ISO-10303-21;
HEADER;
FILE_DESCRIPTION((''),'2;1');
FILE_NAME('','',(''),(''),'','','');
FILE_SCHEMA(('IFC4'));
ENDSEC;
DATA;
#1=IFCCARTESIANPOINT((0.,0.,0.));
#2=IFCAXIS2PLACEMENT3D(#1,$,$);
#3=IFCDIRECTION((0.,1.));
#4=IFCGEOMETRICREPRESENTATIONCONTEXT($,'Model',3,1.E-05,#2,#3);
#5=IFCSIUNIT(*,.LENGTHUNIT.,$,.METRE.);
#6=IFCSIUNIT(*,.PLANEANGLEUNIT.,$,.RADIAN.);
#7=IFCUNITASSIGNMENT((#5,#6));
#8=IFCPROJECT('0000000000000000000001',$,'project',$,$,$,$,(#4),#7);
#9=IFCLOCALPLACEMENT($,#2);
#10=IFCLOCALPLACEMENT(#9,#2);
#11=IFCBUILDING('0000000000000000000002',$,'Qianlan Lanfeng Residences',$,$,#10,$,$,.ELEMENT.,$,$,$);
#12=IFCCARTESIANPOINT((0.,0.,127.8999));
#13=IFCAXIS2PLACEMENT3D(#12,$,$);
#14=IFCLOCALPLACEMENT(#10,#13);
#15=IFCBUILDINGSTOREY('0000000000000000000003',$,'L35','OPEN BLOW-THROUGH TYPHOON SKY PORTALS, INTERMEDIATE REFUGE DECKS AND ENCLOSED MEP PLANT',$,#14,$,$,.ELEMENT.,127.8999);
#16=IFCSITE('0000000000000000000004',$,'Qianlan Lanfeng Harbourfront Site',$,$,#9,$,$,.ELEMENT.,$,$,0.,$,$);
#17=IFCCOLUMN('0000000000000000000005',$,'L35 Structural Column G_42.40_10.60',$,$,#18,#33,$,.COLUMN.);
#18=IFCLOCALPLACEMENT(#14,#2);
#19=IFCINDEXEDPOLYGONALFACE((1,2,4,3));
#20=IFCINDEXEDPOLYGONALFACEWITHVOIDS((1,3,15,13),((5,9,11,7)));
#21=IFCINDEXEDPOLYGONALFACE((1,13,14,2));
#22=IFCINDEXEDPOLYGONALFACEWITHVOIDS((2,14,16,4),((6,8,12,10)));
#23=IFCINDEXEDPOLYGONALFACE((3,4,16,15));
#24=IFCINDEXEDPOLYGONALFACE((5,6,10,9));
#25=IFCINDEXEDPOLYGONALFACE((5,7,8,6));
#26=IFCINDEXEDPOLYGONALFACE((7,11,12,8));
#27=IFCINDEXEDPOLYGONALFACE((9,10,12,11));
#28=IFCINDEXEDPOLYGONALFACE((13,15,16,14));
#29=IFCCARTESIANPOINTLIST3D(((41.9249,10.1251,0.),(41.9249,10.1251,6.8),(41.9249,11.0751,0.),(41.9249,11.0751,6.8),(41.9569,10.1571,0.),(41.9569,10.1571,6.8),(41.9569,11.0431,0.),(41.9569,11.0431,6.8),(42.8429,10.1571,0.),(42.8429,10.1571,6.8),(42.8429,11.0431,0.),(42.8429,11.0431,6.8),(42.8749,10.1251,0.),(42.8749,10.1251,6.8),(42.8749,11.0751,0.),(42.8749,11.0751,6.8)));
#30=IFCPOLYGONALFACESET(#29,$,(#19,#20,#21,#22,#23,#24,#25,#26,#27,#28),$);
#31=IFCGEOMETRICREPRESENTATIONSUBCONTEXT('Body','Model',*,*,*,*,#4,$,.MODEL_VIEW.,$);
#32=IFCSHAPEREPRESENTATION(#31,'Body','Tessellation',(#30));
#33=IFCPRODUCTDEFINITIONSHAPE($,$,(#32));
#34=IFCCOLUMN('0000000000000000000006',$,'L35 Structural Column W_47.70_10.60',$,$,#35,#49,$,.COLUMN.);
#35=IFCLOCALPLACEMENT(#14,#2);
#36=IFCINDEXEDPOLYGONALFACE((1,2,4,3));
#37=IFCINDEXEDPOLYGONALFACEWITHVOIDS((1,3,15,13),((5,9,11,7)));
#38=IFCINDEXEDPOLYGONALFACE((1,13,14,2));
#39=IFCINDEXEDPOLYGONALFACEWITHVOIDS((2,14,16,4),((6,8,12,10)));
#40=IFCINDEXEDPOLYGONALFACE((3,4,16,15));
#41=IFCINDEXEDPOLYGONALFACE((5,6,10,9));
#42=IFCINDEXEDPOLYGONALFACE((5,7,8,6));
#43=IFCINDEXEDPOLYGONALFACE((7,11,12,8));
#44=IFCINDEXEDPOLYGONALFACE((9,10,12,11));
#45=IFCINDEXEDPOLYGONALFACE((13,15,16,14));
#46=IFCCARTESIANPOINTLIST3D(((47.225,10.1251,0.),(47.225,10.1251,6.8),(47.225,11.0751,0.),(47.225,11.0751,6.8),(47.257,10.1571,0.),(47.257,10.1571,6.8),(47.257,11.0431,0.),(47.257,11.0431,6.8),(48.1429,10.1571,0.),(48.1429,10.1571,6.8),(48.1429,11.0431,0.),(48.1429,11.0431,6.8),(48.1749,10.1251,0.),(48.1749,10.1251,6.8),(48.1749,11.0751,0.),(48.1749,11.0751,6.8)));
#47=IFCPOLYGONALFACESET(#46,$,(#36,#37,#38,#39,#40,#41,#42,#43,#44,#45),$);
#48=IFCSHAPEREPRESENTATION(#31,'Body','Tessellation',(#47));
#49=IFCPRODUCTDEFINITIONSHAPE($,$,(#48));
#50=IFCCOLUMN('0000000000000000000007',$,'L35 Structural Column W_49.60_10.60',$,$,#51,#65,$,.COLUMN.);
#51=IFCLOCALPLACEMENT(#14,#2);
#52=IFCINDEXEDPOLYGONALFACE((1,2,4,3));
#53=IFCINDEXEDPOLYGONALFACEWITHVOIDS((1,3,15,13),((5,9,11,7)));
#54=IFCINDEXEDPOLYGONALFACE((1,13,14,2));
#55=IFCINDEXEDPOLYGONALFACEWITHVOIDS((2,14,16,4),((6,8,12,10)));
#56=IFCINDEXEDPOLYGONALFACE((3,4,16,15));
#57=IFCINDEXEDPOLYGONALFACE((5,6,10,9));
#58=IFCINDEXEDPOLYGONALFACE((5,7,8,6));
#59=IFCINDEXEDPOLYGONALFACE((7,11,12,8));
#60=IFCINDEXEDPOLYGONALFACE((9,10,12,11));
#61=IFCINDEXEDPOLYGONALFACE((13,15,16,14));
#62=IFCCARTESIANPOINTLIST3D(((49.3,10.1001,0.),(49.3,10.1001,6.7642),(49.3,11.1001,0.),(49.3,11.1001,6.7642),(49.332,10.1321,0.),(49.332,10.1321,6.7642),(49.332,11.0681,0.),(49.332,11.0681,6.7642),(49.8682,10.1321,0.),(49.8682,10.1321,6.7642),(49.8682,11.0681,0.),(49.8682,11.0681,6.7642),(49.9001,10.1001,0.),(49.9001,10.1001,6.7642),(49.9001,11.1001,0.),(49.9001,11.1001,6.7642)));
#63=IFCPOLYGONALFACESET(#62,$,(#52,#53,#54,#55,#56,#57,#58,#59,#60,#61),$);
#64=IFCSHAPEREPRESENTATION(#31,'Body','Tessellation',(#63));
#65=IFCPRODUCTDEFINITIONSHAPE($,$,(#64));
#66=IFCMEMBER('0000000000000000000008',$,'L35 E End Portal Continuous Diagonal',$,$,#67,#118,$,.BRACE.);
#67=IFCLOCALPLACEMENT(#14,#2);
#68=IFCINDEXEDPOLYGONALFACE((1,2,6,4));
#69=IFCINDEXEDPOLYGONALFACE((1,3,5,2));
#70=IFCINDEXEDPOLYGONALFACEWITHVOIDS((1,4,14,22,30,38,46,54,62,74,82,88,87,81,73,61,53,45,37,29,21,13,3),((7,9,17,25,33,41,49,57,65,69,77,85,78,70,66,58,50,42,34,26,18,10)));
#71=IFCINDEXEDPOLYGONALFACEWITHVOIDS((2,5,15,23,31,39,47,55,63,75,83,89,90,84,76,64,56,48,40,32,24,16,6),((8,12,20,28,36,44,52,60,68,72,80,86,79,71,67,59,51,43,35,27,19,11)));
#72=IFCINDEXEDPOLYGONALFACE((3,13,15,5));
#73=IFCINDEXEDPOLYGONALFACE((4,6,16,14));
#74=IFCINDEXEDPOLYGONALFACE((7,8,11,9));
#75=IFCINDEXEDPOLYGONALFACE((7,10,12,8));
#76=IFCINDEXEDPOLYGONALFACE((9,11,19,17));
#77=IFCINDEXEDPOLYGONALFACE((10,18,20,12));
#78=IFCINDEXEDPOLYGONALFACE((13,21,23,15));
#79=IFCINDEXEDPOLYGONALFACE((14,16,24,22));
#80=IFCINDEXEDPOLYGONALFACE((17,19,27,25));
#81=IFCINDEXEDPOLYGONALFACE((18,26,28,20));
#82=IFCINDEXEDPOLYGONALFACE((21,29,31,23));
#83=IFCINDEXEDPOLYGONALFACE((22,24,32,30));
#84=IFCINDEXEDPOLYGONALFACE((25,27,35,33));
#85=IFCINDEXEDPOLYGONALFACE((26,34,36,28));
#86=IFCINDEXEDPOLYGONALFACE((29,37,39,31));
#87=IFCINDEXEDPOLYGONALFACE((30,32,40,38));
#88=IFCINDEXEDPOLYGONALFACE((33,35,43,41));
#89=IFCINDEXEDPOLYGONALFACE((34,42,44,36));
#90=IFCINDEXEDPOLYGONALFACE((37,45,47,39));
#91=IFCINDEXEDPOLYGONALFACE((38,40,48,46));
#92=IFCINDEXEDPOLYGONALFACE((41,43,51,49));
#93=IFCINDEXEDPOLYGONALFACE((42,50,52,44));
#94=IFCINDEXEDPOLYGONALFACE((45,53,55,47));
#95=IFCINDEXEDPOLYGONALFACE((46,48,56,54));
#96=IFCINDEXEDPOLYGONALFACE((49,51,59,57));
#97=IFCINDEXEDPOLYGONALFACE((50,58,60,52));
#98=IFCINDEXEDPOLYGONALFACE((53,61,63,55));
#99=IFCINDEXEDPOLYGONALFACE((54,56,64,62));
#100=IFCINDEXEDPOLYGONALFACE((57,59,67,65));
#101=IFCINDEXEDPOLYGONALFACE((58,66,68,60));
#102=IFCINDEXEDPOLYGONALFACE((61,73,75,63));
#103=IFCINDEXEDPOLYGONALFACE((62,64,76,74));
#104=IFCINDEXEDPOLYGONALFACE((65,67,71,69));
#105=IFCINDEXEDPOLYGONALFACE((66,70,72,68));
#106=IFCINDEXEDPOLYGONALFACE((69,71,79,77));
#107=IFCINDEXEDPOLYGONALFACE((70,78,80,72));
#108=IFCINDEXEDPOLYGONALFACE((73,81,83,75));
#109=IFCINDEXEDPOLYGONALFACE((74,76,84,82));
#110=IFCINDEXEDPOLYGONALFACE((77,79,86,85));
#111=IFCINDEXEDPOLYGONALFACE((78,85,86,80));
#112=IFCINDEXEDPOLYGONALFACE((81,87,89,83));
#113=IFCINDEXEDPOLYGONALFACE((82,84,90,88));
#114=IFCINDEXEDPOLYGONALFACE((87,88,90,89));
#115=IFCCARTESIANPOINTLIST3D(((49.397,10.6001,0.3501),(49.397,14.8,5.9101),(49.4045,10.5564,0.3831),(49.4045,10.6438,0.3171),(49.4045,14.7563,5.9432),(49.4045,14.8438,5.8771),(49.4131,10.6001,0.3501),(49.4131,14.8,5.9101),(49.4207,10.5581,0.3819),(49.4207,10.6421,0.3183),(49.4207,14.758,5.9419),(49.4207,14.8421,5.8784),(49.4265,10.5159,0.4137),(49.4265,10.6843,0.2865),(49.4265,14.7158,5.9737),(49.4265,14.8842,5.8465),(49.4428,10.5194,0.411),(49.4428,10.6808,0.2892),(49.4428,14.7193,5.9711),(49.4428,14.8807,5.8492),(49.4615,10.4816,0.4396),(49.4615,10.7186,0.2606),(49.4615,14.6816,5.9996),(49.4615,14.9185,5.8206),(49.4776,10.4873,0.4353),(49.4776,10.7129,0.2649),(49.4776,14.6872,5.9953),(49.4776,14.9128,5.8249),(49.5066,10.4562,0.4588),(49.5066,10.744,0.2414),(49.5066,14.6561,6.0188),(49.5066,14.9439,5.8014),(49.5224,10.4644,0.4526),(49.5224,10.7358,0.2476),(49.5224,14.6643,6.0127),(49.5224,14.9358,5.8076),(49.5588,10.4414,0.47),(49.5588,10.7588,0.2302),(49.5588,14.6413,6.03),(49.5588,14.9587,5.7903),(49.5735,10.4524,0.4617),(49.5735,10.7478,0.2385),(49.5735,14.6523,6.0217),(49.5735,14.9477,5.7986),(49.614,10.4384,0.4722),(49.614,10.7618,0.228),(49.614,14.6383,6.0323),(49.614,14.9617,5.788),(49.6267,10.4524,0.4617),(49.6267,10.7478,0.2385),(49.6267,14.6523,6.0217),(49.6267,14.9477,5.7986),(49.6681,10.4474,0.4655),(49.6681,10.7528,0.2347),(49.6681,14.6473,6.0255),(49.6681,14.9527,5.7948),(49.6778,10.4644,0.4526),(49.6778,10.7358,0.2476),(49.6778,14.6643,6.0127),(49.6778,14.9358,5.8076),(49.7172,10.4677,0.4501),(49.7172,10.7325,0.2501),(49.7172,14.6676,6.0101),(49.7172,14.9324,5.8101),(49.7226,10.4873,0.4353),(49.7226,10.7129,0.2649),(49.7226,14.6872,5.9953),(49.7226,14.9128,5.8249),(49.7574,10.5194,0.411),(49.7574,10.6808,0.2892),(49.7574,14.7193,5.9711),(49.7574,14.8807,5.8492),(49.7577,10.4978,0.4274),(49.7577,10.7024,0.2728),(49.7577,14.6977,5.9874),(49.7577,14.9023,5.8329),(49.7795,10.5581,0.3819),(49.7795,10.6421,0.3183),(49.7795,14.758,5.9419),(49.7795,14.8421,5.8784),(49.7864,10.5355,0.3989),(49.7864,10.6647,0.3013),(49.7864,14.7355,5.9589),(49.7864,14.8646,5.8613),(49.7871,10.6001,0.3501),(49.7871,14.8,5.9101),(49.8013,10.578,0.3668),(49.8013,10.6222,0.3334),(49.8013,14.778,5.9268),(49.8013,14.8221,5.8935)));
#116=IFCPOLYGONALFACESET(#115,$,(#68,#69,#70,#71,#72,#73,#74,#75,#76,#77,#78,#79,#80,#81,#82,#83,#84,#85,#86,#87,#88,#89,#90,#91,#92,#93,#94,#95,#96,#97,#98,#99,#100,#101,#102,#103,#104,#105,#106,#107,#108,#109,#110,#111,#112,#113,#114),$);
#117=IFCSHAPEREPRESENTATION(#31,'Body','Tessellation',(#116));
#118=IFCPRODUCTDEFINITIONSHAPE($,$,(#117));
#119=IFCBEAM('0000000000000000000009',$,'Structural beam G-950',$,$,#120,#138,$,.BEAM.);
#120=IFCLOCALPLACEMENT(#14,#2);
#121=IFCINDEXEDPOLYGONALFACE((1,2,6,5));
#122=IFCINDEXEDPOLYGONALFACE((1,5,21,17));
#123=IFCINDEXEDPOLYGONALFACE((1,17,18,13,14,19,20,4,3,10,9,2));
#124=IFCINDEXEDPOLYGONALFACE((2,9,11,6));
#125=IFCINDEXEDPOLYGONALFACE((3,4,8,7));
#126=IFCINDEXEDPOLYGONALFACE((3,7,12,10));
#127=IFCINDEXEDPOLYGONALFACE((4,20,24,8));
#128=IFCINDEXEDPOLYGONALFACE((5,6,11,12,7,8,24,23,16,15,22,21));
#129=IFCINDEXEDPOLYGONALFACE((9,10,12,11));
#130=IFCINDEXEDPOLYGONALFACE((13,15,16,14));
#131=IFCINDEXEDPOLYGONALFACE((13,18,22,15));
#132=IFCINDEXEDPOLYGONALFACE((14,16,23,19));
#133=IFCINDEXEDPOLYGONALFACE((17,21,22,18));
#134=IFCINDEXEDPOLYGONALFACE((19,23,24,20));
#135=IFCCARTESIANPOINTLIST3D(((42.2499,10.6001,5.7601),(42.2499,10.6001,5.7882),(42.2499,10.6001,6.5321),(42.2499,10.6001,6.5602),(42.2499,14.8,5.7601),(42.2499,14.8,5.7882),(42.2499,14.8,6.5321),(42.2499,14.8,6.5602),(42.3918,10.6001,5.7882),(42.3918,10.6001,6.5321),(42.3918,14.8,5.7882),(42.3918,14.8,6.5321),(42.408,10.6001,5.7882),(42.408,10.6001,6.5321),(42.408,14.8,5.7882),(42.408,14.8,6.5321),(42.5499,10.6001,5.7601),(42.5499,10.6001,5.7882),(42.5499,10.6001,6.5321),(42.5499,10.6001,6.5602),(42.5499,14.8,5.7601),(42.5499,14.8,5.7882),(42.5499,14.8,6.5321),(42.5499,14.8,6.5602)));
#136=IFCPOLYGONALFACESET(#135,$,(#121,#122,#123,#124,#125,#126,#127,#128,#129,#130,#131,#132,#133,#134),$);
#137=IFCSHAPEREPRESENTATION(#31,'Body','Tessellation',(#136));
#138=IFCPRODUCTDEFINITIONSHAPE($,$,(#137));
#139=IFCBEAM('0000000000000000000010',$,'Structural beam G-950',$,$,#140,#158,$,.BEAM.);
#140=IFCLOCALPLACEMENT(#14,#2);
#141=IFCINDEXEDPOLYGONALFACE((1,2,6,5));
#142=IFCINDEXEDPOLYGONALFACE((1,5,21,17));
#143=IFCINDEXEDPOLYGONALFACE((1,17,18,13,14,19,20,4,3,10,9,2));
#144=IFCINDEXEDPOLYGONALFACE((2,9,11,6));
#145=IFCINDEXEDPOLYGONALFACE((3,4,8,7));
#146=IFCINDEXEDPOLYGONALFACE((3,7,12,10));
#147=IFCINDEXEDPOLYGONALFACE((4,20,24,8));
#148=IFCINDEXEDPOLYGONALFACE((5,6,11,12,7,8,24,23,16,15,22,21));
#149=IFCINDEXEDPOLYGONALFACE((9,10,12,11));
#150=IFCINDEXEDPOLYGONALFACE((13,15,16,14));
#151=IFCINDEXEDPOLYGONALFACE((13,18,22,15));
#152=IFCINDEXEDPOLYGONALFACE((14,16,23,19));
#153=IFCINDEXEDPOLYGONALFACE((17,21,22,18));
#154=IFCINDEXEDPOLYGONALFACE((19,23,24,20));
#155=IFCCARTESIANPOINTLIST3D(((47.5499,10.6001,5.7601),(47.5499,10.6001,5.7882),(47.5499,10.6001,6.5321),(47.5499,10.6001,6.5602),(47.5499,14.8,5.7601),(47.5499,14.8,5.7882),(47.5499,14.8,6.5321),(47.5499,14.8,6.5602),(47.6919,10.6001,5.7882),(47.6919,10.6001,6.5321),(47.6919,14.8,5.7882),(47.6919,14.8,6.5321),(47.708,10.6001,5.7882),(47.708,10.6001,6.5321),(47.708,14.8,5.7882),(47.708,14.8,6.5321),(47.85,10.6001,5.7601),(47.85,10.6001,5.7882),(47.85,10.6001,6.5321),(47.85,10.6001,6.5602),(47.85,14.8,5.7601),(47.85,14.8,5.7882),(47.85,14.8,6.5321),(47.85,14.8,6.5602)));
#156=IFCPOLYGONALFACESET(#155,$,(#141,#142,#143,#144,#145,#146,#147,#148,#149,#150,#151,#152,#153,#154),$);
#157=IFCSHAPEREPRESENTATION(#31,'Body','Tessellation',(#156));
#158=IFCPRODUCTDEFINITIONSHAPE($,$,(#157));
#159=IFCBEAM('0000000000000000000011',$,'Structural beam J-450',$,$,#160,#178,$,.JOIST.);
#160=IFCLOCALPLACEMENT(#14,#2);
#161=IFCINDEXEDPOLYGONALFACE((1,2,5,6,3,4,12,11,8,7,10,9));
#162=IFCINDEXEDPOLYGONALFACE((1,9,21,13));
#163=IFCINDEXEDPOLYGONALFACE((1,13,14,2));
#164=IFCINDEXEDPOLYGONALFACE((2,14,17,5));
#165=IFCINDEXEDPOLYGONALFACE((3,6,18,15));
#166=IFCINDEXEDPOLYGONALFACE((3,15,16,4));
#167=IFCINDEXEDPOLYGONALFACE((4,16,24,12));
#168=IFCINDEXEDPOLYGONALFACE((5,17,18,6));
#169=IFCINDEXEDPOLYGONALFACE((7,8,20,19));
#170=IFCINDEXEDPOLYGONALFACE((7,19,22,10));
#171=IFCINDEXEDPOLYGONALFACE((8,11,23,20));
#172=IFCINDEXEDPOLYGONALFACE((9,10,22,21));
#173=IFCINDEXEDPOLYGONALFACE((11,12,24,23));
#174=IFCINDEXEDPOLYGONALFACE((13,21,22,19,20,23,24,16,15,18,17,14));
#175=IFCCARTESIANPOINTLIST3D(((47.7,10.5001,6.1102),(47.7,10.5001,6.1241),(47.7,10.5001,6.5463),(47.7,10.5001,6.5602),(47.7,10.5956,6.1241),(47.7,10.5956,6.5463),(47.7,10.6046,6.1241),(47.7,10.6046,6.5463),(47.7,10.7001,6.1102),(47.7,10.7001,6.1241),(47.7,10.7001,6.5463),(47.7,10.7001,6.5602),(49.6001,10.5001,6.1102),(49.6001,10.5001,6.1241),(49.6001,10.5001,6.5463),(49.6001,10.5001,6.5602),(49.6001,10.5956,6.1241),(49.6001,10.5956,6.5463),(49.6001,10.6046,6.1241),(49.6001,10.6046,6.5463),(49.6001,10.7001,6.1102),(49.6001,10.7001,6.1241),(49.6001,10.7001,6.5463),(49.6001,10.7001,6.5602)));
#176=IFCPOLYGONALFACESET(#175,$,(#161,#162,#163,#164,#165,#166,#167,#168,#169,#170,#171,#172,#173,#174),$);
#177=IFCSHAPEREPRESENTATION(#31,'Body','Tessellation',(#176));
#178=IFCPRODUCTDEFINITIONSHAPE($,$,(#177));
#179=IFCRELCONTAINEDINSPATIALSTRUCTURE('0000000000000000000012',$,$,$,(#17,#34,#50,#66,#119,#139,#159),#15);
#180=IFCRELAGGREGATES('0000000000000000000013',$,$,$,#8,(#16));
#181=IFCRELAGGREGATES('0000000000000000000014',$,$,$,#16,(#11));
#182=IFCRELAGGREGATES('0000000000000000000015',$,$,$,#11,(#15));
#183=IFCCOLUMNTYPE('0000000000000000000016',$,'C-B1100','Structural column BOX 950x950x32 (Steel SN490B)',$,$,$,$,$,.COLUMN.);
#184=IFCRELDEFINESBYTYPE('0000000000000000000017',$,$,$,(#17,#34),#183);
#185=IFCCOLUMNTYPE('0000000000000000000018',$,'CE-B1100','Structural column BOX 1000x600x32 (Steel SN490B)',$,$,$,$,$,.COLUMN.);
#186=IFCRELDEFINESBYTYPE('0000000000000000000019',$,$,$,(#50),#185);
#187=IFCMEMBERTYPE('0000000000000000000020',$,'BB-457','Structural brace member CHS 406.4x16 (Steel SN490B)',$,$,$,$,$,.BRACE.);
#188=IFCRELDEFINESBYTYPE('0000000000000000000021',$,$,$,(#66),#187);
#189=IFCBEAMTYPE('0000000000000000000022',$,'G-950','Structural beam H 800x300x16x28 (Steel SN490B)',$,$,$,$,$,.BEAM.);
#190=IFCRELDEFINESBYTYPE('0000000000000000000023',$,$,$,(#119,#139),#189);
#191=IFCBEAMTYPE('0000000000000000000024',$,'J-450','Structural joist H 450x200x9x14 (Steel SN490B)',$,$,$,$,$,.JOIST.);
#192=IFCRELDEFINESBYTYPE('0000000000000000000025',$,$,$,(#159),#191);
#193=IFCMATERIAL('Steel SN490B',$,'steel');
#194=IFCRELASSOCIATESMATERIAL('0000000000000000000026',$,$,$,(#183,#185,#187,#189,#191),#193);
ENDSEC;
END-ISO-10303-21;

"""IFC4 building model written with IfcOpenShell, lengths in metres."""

from ifc_helpers import new_model, si_unit, direction, frame, origin, origin_2d, place, context, subcontext, project, spatial, hollow_rectangle, hollow_circle, i_section, extrude, material, material_profile, profile_set, type_object, element, save


model = new_model("IFC4")

# Units and contexts
model_context = context("Model", 3, precision=1e-05, world=origin(), true_north=direction((0.0, 1.0)))
body_context = subcontext(model_context, "Body", "Model", "MODEL_VIEW")
ifc_project = project(units=[si_unit("LENGTHUNIT", "METRE"), si_unit("PLANEANGLEUNIT", "RADIAN")], contexts=[model_context])

# Site, building, storey
site_placement = place(None, origin())
site = spatial("IfcSite", under=ifc_project, at=site_placement, Name="Qianlan Lanfeng Harbourfront Site", CompositionType="ELEMENT", RefElevation=0.0)
building_placement = place(site_placement, origin())
building = spatial("IfcBuilding", under=site, at=building_placement, Name="Qianlan Lanfeng Residences", CompositionType="ELEMENT")
storey_placement = place(building_placement, frame((0.0, 0.0, 127.8999)))
storey = spatial("IfcBuildingStorey", under=building, at=storey_placement, Name="L35", Description="OPEN BLOW-THROUGH TYPHOON SKY PORTALS, INTERMEDIATE REFUGE DECKS AND ENCLOSED MEP PLANT", CompositionType="ELEMENT", Elevation=127.8999)

# Columns
ifc_material_1 = material(Name="Steel SN490B", Category="steel")
ifc_material_profile_1 = material_profile(ifc_material_1, hollow_rectangle(XDim=0.95, YDim=0.95, WallThickness=0.032, at=origin_2d()), Name="BOX 950x950x32")
ifc_profile_set_1 = profile_set([ifc_material_profile_1], Name="Steel SN490B")
column_type_1 = type_object("IfcColumnType", Name="C-B1100", Description="Structural column BOX 950x950x32 (Steel SN490B)", PredefinedType="COLUMN", material=ifc_profile_set_1)
for number, where, z_axis, x_axis, name in (
    (1, (42.3999, 10.6001, 0.0), (0.0, 0.0, 1.0), (1.0, 0.0, 0.0), "L35 Structural Column G_42.40_10.60"),
    (2, (47.7, 10.6001, 0.0), (0.0, 0.0, 1.0), (1.0, 0.0, 0.0), "L35 Structural Column W_47.70_10.60"),
):
    element("IfcColumn", number, at=place(storey_placement, frame(where, z_axis=z_axis, x_axis=x_axis)), inside=storey, type_object=column_type_1, Name=name, PredefinedType="COLUMN", context=body_context, shape_type="SweptSolid", body=[
        extrude(hollow_rectangle(XDim=0.95, YDim=0.95, WallThickness=0.032, at=origin_2d()), origin(), (0.0, 0.0, 1.0), 6.8),
    ])
ifc_material_profile_2 = material_profile(ifc_material_1, hollow_rectangle(XDim=0.6001, YDim=1.0, WallThickness=0.032, at=origin_2d()), Name="BOX 1000x600x32")
ifc_profile_set_2 = profile_set([ifc_material_profile_2], Name="Steel SN490B")
column_type_2 = type_object("IfcColumnType", Name="CE-B1100", Description="Structural column BOX 1000x600x32 (Steel SN490B)", PredefinedType="COLUMN", material=ifc_profile_set_2)
column_placement = place(storey_placement, frame((49.6001, 10.6001, 0.0), z_axis=(0.0, 0.0, 1.0), x_axis=(1.0, 0.0, 0.0)))
element("IfcColumn", 3, at=column_placement, inside=storey, type_object=column_type_2, Name="L35 Structural Column W_49.60_10.60", PredefinedType="COLUMN", context=body_context, shape_type="SweptSolid", body=[
    extrude(hollow_rectangle(XDim=0.6001, YDim=1.0, WallThickness=0.032, at=origin_2d()), origin(), (0.0, 0.0, 1.0), 6.7642),
])

# Member
ifc_material_profile_3 = material_profile(ifc_material_1, hollow_circle(Radius=0.2031, WallThickness=0.0161, at=origin_2d()), Name="CHS 406.4x16")
ifc_profile_set_3 = profile_set([ifc_material_profile_3], Name="Steel SN490B")
member_type_1 = type_object("IfcMemberType", Name="BB-457", Description="Structural brace member CHS 406.4x16 (Steel SN490B)", PredefinedType="BRACE", material=ifc_profile_set_3)
member_1_placement = place(storey_placement, frame((49.6001, 10.6001, 0.3501), z_axis=(0.0, 0.602743, 0.797935), x_axis=(-1.0, 0.0, 0.0)))
element("IfcMember", 4, at=member_1_placement, inside=storey, type_object=member_type_1, Name="L35 E End Portal Continuous Diagonal", PredefinedType="BRACE", context=body_context, shape_type="SweptSolid", body=[
    extrude(hollow_circle(Radius=0.2031, WallThickness=0.0161, at=origin_2d()), origin(), (0.0, 0.0, 1.0), 6.968),
])

# Beams
ifc_material_profile_4 = material_profile(ifc_material_1, i_section(OverallWidth=0.3, OverallDepth=0.8, WebThickness=0.0161, FlangeThickness=0.0281, at=origin_2d()), Name="H 800x300x16x28")
ifc_profile_set_4 = profile_set([ifc_material_profile_4], Name="Steel SN490B")
beam_type_1 = type_object("IfcBeamType", Name="G-950", Description="Structural beam H 800x300x16x28 (Steel SN490B)", PredefinedType="BEAM", material=ifc_profile_set_4)
for number, where, z_axis, x_axis, name in (
    (5, (42.3999, 10.6001, 6.1602), (0.0, 1.0, 0.0), (-1.0, 0.0, 0.0), "Structural beam G-950"),
    (6, (47.7, 10.6001, 6.1602), (0.0, 1.0, 0.0), (-1.0, 0.0, 0.0), "Structural beam G-950"),
):
    element("IfcBeam", number, at=place(storey_placement, frame(where, z_axis=z_axis, x_axis=x_axis)), inside=storey, type_object=beam_type_1, Name=name, PredefinedType="BEAM", context=body_context, shape_type="SweptSolid", body=[
        extrude(i_section(OverallWidth=0.3, OverallDepth=0.8, WebThickness=0.0161, FlangeThickness=0.0281, at=origin_2d()), origin(), (0.0, 0.0, 1.0), 4.2),
    ])
ifc_material_profile_5 = material_profile(ifc_material_1, i_section(OverallWidth=0.2, OverallDepth=0.45, WebThickness=0.009, FlangeThickness=0.0139, at=origin_2d()), Name="H 450x200x9x14")
ifc_profile_set_5 = profile_set([ifc_material_profile_5], Name="Steel SN490B")
beam_type_2 = type_object("IfcBeamType", Name="J-450", Description="Structural joist H 450x200x9x14 (Steel SN490B)", PredefinedType="JOIST", material=ifc_profile_set_5)
beam_1_placement = place(storey_placement, frame((47.7, 10.6001, 6.3352), z_axis=(1.0, 0.0, 0.0), x_axis=(0.0, 1.0, 0.0)))
element("IfcBeam", 7, at=beam_1_placement, inside=storey, type_object=beam_type_2, Name="Structural beam J-450", PredefinedType="JOIST", context=body_context, shape_type="SweptSolid", body=[
    extrude(i_section(OverallWidth=0.2, OverallDepth=0.45, WebThickness=0.009, FlangeThickness=0.0139, at=origin_2d()), origin(), (0.0, 0.0, 1.0), 1.9001),
])

save(model, "model.ifc")
